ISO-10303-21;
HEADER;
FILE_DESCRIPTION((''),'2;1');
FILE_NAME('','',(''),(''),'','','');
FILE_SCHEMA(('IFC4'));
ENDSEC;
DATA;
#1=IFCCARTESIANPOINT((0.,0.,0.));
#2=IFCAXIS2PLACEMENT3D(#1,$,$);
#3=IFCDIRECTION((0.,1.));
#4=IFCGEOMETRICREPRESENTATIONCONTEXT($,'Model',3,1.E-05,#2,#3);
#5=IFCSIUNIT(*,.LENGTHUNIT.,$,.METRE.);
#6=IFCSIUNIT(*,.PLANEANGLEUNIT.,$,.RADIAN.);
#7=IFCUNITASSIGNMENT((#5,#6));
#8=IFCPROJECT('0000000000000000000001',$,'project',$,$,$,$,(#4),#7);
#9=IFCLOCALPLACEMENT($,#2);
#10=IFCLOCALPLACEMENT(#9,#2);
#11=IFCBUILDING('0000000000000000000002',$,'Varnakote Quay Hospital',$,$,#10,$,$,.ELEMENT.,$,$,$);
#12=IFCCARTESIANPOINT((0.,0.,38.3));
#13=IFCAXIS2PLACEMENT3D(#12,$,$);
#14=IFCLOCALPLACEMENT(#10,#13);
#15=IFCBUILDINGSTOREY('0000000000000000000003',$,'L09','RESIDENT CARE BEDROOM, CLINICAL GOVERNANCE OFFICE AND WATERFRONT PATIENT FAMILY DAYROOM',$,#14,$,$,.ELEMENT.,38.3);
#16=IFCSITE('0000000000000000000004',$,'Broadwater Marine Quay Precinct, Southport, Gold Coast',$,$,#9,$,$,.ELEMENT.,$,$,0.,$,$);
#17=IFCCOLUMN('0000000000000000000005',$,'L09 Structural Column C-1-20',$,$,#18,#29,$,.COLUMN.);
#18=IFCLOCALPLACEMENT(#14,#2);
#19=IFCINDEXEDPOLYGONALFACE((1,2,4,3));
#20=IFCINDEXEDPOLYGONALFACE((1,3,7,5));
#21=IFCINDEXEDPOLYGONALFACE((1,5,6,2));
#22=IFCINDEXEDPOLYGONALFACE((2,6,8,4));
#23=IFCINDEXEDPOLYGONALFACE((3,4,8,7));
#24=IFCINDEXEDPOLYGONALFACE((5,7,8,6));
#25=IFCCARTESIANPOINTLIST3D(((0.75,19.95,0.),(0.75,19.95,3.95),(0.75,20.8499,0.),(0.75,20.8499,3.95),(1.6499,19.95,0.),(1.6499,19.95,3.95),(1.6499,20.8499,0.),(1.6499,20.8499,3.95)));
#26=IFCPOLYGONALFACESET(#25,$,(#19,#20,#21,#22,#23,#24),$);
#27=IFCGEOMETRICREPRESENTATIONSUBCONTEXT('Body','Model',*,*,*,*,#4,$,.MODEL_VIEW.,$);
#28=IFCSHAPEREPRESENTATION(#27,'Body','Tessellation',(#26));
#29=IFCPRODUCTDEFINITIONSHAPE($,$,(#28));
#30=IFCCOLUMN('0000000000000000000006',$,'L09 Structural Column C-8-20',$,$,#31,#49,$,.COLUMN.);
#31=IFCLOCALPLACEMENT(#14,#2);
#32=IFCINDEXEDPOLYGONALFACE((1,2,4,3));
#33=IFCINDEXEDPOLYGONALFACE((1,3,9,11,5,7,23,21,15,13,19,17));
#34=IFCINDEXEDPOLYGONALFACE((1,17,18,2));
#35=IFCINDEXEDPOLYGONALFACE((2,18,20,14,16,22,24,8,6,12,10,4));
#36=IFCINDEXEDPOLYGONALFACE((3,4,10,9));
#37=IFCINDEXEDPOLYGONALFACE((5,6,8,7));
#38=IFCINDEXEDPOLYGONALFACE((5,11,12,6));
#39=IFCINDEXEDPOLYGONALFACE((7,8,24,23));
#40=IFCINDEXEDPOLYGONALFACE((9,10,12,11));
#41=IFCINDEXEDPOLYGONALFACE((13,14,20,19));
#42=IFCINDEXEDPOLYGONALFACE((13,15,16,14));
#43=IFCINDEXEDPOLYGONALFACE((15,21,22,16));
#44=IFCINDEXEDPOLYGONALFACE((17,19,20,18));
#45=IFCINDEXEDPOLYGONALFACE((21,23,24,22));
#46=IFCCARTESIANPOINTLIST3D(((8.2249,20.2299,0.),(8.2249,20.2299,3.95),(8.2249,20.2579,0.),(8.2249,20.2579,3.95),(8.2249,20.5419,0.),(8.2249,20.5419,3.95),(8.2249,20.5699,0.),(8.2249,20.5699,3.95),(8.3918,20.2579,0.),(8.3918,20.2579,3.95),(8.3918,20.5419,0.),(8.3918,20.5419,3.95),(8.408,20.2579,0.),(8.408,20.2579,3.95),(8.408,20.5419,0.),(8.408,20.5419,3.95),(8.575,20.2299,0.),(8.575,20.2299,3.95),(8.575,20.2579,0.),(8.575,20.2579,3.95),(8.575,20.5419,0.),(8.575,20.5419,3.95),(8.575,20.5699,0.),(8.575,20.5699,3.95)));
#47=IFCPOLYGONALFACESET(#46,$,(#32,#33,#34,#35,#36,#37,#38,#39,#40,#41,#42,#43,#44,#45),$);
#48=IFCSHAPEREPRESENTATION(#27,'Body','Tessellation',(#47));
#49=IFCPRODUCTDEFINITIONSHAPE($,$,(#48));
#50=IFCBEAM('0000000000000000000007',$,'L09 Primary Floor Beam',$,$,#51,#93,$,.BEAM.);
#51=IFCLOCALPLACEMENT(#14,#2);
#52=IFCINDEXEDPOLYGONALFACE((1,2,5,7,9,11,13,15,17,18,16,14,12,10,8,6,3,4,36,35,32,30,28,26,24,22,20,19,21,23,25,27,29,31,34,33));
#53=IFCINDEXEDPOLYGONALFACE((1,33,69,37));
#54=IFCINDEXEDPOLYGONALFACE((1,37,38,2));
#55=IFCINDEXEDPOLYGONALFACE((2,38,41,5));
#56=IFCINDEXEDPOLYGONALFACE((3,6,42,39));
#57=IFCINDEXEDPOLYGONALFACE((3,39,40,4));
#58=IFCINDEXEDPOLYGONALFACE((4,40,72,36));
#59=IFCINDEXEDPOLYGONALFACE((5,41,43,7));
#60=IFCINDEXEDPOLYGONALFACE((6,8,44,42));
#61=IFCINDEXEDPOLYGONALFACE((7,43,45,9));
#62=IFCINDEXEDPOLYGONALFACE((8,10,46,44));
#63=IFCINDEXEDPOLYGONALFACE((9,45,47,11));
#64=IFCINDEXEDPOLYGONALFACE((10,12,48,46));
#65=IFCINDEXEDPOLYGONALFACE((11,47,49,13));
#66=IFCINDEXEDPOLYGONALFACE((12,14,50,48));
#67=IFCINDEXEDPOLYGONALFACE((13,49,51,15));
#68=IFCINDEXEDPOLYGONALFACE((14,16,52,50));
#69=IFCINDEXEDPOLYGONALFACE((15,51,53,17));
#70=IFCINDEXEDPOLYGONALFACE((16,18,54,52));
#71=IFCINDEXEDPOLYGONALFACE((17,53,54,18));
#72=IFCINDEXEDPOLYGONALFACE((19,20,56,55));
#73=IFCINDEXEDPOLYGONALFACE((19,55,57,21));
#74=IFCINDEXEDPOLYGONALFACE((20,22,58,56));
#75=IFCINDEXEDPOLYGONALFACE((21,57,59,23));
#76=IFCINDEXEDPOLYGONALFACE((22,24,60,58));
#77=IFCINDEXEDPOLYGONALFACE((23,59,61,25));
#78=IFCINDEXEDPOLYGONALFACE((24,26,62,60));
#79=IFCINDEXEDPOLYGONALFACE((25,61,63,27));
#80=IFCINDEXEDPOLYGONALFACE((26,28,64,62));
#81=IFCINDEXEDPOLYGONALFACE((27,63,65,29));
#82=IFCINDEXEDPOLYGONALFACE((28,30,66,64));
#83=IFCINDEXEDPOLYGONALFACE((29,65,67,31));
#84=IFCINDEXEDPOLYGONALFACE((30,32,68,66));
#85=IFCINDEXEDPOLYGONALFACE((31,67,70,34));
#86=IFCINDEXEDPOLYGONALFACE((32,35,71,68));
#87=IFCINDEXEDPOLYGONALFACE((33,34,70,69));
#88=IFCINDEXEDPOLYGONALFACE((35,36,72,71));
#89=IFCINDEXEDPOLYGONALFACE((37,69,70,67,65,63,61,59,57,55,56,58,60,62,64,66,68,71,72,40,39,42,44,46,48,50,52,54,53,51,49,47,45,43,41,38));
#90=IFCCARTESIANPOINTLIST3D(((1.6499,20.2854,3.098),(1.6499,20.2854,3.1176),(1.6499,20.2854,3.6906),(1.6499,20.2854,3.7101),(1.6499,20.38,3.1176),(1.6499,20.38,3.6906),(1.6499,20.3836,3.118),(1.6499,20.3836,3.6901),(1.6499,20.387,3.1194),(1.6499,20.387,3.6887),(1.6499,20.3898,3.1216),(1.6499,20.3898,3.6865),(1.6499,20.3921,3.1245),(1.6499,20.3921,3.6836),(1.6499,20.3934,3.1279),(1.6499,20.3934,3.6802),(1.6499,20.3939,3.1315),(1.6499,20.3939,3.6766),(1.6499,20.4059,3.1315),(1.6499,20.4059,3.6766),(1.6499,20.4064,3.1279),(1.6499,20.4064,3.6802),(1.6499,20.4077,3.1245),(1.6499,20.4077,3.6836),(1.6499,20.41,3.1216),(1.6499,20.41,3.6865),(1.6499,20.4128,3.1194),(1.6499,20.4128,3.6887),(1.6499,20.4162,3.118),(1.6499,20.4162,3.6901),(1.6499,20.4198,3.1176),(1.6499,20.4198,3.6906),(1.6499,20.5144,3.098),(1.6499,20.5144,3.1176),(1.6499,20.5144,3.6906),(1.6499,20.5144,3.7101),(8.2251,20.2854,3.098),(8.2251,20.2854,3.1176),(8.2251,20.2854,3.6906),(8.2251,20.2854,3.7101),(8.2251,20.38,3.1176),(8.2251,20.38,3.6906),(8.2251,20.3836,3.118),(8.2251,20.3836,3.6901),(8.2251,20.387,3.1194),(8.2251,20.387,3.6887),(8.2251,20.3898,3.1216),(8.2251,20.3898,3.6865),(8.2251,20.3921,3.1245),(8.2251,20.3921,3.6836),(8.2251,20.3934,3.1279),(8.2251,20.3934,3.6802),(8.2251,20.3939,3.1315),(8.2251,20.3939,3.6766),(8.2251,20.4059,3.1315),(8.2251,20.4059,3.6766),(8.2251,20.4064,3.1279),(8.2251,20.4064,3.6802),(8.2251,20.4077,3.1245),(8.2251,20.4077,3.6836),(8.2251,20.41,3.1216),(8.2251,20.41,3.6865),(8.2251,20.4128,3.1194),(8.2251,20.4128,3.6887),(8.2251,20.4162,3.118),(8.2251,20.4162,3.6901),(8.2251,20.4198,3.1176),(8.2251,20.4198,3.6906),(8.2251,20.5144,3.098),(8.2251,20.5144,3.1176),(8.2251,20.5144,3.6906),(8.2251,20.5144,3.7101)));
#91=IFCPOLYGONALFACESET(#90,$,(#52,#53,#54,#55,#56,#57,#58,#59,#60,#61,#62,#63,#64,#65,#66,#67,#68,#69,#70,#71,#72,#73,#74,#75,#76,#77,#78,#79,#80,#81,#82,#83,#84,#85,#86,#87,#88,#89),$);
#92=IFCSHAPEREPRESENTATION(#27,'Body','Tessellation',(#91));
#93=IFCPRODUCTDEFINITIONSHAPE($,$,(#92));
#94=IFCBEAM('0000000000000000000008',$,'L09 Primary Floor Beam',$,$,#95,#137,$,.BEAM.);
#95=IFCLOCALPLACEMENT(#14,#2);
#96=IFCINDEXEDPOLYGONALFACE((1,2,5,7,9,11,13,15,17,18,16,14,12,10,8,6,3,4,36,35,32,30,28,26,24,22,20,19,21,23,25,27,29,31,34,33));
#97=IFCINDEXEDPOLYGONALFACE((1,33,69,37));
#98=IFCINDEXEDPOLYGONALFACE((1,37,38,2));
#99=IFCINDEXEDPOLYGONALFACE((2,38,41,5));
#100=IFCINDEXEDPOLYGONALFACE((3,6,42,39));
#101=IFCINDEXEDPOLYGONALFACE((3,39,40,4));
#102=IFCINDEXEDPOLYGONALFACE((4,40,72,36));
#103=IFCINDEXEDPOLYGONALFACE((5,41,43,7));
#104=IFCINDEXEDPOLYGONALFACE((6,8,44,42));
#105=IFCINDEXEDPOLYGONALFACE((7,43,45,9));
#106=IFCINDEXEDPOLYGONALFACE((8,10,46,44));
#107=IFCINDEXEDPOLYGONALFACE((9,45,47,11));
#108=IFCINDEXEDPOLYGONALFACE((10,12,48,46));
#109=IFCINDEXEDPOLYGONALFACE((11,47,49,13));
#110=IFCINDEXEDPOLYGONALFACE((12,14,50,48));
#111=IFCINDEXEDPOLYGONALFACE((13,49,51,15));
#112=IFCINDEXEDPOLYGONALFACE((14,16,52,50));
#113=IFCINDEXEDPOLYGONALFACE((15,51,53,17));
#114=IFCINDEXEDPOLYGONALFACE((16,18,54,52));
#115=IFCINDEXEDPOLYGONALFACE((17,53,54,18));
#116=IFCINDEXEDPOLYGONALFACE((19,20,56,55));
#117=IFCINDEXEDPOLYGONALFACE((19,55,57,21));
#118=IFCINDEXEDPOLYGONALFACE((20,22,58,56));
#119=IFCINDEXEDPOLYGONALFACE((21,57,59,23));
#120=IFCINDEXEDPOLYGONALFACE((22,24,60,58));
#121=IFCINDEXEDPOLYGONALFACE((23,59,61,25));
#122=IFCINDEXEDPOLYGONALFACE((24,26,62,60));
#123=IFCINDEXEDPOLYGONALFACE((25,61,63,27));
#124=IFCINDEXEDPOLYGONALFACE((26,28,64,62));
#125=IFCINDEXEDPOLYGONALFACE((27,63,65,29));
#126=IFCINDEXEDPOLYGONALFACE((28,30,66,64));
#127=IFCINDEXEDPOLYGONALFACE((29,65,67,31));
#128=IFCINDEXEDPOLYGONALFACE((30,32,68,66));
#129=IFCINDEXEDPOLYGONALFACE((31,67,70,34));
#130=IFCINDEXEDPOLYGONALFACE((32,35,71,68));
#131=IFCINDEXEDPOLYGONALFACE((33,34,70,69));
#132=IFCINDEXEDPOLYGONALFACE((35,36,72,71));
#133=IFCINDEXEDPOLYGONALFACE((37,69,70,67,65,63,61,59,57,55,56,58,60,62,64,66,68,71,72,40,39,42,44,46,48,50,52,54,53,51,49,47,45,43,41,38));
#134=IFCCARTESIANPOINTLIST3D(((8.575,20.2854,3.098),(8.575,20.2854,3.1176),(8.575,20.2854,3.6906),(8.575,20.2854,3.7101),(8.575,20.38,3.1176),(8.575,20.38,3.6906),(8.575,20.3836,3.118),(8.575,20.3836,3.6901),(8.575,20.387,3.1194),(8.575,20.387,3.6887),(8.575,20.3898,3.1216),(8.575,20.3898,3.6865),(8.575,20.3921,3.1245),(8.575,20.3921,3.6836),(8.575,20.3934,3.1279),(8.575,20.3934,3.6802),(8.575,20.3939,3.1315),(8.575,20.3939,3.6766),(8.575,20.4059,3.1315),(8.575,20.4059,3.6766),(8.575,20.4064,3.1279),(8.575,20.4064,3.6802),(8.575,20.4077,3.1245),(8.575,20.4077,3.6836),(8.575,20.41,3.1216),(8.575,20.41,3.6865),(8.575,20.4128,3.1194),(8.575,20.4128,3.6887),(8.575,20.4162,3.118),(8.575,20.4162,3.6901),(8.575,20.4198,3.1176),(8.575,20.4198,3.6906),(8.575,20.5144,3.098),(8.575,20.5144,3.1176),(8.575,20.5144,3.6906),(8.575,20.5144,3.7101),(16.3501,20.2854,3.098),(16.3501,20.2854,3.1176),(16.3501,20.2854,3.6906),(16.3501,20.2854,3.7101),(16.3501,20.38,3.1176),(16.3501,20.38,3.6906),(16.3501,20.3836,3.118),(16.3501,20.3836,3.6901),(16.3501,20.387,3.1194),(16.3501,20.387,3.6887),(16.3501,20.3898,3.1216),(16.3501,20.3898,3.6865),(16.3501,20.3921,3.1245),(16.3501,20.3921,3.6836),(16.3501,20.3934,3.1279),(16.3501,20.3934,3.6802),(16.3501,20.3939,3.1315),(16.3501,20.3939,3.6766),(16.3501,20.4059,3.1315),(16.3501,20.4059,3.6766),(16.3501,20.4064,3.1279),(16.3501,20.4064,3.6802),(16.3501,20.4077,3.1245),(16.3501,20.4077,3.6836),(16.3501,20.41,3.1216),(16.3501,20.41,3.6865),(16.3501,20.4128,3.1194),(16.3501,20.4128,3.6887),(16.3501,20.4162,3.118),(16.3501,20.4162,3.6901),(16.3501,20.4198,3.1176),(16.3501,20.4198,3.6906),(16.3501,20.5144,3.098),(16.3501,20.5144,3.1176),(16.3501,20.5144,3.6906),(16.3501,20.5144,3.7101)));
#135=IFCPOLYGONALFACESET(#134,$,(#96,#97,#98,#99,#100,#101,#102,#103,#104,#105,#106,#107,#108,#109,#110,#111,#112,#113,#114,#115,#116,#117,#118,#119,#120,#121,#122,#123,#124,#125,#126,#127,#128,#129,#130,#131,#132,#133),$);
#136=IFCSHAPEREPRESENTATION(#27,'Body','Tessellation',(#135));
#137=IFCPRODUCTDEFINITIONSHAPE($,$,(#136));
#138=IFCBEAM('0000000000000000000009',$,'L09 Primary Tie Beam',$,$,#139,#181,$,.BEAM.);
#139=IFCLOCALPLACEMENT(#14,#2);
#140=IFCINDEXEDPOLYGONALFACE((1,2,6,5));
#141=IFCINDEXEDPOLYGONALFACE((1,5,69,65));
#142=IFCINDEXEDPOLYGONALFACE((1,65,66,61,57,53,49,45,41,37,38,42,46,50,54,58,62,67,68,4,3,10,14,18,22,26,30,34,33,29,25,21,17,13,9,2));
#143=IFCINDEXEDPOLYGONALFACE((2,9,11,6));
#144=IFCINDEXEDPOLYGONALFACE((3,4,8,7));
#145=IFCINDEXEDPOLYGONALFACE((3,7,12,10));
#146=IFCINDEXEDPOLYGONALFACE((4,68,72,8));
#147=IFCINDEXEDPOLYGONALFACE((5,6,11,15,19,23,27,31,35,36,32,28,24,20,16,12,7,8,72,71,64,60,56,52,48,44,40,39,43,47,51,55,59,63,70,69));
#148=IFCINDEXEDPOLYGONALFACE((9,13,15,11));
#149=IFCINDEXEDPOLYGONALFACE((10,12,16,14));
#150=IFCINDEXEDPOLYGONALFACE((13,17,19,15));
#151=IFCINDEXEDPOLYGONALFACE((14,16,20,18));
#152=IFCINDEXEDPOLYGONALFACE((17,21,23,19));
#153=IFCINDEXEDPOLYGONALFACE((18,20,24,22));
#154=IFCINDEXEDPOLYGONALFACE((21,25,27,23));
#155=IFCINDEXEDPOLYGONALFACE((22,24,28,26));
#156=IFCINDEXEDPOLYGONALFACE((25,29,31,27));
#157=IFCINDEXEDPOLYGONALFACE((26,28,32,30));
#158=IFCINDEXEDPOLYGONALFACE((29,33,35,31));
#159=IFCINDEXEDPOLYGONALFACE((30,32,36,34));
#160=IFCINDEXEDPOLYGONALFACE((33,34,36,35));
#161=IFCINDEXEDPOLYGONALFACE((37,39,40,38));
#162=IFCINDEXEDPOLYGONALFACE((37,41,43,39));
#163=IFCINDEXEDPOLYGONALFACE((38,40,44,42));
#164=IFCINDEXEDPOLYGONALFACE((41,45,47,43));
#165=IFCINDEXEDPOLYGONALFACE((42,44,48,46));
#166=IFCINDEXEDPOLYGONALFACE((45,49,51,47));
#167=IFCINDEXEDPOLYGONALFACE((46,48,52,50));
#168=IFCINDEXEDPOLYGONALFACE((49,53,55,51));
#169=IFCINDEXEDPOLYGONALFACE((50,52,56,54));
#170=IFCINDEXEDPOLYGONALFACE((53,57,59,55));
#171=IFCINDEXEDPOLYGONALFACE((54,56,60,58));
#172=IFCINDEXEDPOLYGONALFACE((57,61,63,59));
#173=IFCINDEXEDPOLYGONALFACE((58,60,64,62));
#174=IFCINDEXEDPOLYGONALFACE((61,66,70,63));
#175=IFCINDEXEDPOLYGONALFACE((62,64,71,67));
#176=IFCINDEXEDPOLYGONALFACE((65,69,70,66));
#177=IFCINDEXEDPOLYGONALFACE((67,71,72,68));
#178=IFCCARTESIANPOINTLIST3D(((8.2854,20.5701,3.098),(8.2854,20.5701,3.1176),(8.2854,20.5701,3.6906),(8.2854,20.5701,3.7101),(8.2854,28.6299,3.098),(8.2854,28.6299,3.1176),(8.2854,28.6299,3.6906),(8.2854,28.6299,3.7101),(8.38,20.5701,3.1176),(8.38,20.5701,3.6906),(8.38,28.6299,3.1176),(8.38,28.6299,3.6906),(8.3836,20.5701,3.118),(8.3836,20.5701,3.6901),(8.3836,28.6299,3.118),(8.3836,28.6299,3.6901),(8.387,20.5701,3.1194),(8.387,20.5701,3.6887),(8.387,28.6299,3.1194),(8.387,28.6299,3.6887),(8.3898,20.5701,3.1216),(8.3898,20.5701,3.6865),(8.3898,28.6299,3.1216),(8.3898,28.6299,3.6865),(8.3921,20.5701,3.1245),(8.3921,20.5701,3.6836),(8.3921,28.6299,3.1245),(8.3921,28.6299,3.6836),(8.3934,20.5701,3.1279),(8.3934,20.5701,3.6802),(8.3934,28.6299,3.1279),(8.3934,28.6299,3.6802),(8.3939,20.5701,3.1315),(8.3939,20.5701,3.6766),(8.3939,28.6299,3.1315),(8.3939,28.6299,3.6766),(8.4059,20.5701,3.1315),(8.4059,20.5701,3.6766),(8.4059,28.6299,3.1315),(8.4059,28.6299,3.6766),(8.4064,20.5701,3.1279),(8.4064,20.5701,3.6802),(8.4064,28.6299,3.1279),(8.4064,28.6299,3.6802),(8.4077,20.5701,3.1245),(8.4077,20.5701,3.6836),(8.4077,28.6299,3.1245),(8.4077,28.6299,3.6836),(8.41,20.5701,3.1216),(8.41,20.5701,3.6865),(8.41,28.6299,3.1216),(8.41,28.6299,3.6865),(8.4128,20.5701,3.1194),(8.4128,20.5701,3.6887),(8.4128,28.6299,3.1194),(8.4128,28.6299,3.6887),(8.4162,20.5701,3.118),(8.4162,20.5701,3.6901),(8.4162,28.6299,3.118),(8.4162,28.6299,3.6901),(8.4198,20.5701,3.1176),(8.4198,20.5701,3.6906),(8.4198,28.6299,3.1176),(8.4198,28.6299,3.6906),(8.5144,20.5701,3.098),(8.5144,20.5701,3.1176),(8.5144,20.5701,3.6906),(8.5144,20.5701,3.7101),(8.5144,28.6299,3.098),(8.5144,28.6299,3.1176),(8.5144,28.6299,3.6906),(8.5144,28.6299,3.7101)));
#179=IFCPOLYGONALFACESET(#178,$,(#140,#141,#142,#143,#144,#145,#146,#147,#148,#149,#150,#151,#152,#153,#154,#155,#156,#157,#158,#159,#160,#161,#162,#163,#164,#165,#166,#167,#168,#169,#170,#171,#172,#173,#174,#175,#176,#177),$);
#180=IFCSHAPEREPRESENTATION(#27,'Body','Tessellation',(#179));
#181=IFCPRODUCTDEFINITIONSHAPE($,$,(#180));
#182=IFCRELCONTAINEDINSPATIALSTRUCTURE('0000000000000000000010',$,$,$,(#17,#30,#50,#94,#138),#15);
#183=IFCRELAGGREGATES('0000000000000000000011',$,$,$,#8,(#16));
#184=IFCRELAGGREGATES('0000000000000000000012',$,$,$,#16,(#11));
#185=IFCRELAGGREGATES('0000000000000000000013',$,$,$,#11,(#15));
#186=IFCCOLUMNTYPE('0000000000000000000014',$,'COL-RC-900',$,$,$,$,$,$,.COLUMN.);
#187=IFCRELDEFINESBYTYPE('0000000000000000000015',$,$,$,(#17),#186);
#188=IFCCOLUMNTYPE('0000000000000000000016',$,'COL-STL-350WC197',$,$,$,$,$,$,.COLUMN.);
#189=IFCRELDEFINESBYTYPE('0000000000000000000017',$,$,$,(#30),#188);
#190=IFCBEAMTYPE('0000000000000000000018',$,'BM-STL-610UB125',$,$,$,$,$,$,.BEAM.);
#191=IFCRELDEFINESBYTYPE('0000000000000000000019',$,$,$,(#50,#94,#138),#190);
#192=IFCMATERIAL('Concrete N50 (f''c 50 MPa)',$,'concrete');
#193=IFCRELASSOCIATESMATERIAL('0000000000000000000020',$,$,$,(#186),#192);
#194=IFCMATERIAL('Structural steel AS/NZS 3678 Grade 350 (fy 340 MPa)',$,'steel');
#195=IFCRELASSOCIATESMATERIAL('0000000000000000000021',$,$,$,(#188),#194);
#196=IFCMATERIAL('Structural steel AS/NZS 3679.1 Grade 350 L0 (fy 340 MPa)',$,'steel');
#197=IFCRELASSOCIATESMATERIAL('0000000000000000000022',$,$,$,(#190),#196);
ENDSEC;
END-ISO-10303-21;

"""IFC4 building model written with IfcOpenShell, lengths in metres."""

from ifc_helpers import new_model, si_unit, direction, frame, origin, origin_2d, place, context, subcontext, project, spatial, rectangle, i_section, extrude, material, material_profile, profile_set, type_object, element, save


model = new_model("IFC4")

# Units and contexts
model_context = context("Model", 3, precision=1e-05, world=origin(), true_north=direction((0.0, 1.0)))
body_context = subcontext(model_context, "Body", "Model", "MODEL_VIEW")
ifc_project = project(units=[si_unit("LENGTHUNIT", "METRE"), si_unit("PLANEANGLEUNIT", "RADIAN")], contexts=[model_context])

# Site, building, storey
site_placement = place(None, origin())
site = spatial("IfcSite", under=ifc_project, at=site_placement, Name="Broadwater Marine Quay Precinct, Southport, Gold Coast", CompositionType="ELEMENT", RefElevation=0.0)
building_placement = place(site_placement, origin())
building = spatial("IfcBuilding", under=site, at=building_placement, Name="Varnakote Quay Hospital", CompositionType="ELEMENT")
storey_placement = place(building_placement, frame((0.0, 0.0, 38.3)))
storey = spatial("IfcBuildingStorey", under=building, at=storey_placement, Name="L09", Description="RESIDENT CARE BEDROOM, CLINICAL GOVERNANCE OFFICE AND WATERFRONT PATIENT FAMILY DAYROOM", CompositionType="ELEMENT", Elevation=38.3)

# Columns
ifc_material_1 = material(Name="Concrete N50 (f'c 50 MPa)", Category="concrete")
ifc_material_profile_1 = material_profile(ifc_material_1, rectangle(XDim=0.8999, YDim=0.8999, at=origin_2d()), Name="RC-COL-900x900")
ifc_profile_set_1 = profile_set([ifc_material_profile_1], Name="Concrete N50 (f'c 50 MPa)")
column_type_1 = type_object("IfcColumnType", Name="COL-RC-900", PredefinedType="COLUMN", material=ifc_profile_set_1)
column_1_placement = place(storey_placement, frame((1.2, 20.3999, 0.0), z_axis=(0.0, 0.0, 1.0), x_axis=(1.0, 0.0, 0.0)))
element("IfcColumn", 1, at=column_1_placement, inside=storey, type_object=column_type_1, Name="L09 Structural Column C-1-20", PredefinedType="COLUMN", context=body_context, shape_type="SweptSolid", body=[
    extrude(rectangle(XDim=0.8999, YDim=0.8999, at=origin_2d()), origin(), (0.0, 0.0, 1.0), 3.95),
])
ifc_material_2 = material(Name="Structural steel AS/NZS 3678 Grade 350 (fy 340 MPa)", Category="steel")
ifc_material_profile_2 = material_profile(ifc_material_2, i_section(OverallWidth=0.3501, OverallDepth=0.3401, WebThickness=0.0161, FlangeThickness=0.0281, at=origin_2d()), Name="350WC197")
ifc_profile_set_2 = profile_set([ifc_material_profile_2], Name="Structural steel AS/NZS 3678 Grade 350 (fy 340 MPa)")
column_type_2 = type_object("IfcColumnType", Name="COL-STL-350WC197", PredefinedType="COLUMN", material=ifc_profile_set_2)
column_2_placement = place(storey_placement, frame((8.3999, 20.3999, 0.0), z_axis=(0.0, 0.0, 1.0), x_axis=(1.0, 0.0, 0.0)))
element("IfcColumn", 2, at=column_2_placement, inside=storey, type_object=column_type_2, Name="L09 Structural Column C-8-20", PredefinedType="COLUMN", context=body_context, shape_type="SweptSolid", body=[
    extrude(i_section(OverallWidth=0.3501, OverallDepth=0.3401, WebThickness=0.0161, FlangeThickness=0.0281, at=origin_2d()), origin(), (0.0, 0.0, 1.0), 3.95),
])

# Beams
ifc_material_3 = material(Name="Structural steel AS/NZS 3679.1 Grade 350 L0 (fy 340 MPa)", Category="steel")
ifc_material_profile_3 = material_profile(ifc_material_3, i_section(OverallWidth=0.229, OverallDepth=0.6121, WebThickness=0.012, FlangeThickness=0.0195, FilletRadius=0.0139, at=origin_2d()), Name="610UB125")
ifc_profile_set_3 = profile_set([ifc_material_profile_3], Name="Structural steel AS/NZS 3679.1 Grade 350 L0 (fy 340 MPa)")
beam_type_1 = type_object("IfcBeamType", Name="BM-STL-610UB125", PredefinedType="BEAM", material=ifc_profile_set_3)
beam_1_placement = place(storey_placement, frame((1.6499, 20.3999, 3.4041), z_axis=(1.0, 0.0, 0.0), x_axis=(0.0, 1.0, 0.0)))
element("IfcBeam", 3, at=beam_1_placement, inside=storey, type_object=beam_type_1, Name="L09 Primary Floor Beam", PredefinedType="BEAM", context=body_context, shape_type="SweptSolid", body=[
    extrude(i_section(OverallWidth=0.229, OverallDepth=0.6121, WebThickness=0.012, FlangeThickness=0.0195, FilletRadius=0.0139, at=origin_2d()), origin(), (0.0, 0.0, 1.0), 6.5752),
])
beam_2_placement = place(storey_placement, frame((8.575, 20.3999, 3.4041), z_axis=(1.0, 0.0, 0.0), x_axis=(0.0, 1.0, 0.0)))
element("IfcBeam", 4, at=beam_2_placement, inside=storey, type_object=beam_type_1, Name="L09 Primary Floor Beam", PredefinedType="BEAM", context=body_context, shape_type="SweptSolid", body=[
    extrude(i_section(OverallWidth=0.229, OverallDepth=0.6121, WebThickness=0.012, FlangeThickness=0.0195, FilletRadius=0.0139, at=origin_2d()), origin(), (0.0, 0.0, 1.0), 7.7751),
])
beam_3_placement = place(storey_placement, frame((8.3999, 20.5701, 3.4041), z_axis=(0.0, 1.0, 0.0), x_axis=(-1.0, 0.0, 0.0)))
element("IfcBeam", 5, at=beam_3_placement, inside=storey, type_object=beam_type_1, Name="L09 Primary Tie Beam", PredefinedType="BEAM", context=body_context, shape_type="SweptSolid", body=[
    extrude(i_section(OverallWidth=0.229, OverallDepth=0.6121, WebThickness=0.012, FlangeThickness=0.0195, FilletRadius=0.0139, at=origin_2d()), origin(), (0.0, 0.0, 1.0), 8.0598),
])

save(model, "model.ifc")
